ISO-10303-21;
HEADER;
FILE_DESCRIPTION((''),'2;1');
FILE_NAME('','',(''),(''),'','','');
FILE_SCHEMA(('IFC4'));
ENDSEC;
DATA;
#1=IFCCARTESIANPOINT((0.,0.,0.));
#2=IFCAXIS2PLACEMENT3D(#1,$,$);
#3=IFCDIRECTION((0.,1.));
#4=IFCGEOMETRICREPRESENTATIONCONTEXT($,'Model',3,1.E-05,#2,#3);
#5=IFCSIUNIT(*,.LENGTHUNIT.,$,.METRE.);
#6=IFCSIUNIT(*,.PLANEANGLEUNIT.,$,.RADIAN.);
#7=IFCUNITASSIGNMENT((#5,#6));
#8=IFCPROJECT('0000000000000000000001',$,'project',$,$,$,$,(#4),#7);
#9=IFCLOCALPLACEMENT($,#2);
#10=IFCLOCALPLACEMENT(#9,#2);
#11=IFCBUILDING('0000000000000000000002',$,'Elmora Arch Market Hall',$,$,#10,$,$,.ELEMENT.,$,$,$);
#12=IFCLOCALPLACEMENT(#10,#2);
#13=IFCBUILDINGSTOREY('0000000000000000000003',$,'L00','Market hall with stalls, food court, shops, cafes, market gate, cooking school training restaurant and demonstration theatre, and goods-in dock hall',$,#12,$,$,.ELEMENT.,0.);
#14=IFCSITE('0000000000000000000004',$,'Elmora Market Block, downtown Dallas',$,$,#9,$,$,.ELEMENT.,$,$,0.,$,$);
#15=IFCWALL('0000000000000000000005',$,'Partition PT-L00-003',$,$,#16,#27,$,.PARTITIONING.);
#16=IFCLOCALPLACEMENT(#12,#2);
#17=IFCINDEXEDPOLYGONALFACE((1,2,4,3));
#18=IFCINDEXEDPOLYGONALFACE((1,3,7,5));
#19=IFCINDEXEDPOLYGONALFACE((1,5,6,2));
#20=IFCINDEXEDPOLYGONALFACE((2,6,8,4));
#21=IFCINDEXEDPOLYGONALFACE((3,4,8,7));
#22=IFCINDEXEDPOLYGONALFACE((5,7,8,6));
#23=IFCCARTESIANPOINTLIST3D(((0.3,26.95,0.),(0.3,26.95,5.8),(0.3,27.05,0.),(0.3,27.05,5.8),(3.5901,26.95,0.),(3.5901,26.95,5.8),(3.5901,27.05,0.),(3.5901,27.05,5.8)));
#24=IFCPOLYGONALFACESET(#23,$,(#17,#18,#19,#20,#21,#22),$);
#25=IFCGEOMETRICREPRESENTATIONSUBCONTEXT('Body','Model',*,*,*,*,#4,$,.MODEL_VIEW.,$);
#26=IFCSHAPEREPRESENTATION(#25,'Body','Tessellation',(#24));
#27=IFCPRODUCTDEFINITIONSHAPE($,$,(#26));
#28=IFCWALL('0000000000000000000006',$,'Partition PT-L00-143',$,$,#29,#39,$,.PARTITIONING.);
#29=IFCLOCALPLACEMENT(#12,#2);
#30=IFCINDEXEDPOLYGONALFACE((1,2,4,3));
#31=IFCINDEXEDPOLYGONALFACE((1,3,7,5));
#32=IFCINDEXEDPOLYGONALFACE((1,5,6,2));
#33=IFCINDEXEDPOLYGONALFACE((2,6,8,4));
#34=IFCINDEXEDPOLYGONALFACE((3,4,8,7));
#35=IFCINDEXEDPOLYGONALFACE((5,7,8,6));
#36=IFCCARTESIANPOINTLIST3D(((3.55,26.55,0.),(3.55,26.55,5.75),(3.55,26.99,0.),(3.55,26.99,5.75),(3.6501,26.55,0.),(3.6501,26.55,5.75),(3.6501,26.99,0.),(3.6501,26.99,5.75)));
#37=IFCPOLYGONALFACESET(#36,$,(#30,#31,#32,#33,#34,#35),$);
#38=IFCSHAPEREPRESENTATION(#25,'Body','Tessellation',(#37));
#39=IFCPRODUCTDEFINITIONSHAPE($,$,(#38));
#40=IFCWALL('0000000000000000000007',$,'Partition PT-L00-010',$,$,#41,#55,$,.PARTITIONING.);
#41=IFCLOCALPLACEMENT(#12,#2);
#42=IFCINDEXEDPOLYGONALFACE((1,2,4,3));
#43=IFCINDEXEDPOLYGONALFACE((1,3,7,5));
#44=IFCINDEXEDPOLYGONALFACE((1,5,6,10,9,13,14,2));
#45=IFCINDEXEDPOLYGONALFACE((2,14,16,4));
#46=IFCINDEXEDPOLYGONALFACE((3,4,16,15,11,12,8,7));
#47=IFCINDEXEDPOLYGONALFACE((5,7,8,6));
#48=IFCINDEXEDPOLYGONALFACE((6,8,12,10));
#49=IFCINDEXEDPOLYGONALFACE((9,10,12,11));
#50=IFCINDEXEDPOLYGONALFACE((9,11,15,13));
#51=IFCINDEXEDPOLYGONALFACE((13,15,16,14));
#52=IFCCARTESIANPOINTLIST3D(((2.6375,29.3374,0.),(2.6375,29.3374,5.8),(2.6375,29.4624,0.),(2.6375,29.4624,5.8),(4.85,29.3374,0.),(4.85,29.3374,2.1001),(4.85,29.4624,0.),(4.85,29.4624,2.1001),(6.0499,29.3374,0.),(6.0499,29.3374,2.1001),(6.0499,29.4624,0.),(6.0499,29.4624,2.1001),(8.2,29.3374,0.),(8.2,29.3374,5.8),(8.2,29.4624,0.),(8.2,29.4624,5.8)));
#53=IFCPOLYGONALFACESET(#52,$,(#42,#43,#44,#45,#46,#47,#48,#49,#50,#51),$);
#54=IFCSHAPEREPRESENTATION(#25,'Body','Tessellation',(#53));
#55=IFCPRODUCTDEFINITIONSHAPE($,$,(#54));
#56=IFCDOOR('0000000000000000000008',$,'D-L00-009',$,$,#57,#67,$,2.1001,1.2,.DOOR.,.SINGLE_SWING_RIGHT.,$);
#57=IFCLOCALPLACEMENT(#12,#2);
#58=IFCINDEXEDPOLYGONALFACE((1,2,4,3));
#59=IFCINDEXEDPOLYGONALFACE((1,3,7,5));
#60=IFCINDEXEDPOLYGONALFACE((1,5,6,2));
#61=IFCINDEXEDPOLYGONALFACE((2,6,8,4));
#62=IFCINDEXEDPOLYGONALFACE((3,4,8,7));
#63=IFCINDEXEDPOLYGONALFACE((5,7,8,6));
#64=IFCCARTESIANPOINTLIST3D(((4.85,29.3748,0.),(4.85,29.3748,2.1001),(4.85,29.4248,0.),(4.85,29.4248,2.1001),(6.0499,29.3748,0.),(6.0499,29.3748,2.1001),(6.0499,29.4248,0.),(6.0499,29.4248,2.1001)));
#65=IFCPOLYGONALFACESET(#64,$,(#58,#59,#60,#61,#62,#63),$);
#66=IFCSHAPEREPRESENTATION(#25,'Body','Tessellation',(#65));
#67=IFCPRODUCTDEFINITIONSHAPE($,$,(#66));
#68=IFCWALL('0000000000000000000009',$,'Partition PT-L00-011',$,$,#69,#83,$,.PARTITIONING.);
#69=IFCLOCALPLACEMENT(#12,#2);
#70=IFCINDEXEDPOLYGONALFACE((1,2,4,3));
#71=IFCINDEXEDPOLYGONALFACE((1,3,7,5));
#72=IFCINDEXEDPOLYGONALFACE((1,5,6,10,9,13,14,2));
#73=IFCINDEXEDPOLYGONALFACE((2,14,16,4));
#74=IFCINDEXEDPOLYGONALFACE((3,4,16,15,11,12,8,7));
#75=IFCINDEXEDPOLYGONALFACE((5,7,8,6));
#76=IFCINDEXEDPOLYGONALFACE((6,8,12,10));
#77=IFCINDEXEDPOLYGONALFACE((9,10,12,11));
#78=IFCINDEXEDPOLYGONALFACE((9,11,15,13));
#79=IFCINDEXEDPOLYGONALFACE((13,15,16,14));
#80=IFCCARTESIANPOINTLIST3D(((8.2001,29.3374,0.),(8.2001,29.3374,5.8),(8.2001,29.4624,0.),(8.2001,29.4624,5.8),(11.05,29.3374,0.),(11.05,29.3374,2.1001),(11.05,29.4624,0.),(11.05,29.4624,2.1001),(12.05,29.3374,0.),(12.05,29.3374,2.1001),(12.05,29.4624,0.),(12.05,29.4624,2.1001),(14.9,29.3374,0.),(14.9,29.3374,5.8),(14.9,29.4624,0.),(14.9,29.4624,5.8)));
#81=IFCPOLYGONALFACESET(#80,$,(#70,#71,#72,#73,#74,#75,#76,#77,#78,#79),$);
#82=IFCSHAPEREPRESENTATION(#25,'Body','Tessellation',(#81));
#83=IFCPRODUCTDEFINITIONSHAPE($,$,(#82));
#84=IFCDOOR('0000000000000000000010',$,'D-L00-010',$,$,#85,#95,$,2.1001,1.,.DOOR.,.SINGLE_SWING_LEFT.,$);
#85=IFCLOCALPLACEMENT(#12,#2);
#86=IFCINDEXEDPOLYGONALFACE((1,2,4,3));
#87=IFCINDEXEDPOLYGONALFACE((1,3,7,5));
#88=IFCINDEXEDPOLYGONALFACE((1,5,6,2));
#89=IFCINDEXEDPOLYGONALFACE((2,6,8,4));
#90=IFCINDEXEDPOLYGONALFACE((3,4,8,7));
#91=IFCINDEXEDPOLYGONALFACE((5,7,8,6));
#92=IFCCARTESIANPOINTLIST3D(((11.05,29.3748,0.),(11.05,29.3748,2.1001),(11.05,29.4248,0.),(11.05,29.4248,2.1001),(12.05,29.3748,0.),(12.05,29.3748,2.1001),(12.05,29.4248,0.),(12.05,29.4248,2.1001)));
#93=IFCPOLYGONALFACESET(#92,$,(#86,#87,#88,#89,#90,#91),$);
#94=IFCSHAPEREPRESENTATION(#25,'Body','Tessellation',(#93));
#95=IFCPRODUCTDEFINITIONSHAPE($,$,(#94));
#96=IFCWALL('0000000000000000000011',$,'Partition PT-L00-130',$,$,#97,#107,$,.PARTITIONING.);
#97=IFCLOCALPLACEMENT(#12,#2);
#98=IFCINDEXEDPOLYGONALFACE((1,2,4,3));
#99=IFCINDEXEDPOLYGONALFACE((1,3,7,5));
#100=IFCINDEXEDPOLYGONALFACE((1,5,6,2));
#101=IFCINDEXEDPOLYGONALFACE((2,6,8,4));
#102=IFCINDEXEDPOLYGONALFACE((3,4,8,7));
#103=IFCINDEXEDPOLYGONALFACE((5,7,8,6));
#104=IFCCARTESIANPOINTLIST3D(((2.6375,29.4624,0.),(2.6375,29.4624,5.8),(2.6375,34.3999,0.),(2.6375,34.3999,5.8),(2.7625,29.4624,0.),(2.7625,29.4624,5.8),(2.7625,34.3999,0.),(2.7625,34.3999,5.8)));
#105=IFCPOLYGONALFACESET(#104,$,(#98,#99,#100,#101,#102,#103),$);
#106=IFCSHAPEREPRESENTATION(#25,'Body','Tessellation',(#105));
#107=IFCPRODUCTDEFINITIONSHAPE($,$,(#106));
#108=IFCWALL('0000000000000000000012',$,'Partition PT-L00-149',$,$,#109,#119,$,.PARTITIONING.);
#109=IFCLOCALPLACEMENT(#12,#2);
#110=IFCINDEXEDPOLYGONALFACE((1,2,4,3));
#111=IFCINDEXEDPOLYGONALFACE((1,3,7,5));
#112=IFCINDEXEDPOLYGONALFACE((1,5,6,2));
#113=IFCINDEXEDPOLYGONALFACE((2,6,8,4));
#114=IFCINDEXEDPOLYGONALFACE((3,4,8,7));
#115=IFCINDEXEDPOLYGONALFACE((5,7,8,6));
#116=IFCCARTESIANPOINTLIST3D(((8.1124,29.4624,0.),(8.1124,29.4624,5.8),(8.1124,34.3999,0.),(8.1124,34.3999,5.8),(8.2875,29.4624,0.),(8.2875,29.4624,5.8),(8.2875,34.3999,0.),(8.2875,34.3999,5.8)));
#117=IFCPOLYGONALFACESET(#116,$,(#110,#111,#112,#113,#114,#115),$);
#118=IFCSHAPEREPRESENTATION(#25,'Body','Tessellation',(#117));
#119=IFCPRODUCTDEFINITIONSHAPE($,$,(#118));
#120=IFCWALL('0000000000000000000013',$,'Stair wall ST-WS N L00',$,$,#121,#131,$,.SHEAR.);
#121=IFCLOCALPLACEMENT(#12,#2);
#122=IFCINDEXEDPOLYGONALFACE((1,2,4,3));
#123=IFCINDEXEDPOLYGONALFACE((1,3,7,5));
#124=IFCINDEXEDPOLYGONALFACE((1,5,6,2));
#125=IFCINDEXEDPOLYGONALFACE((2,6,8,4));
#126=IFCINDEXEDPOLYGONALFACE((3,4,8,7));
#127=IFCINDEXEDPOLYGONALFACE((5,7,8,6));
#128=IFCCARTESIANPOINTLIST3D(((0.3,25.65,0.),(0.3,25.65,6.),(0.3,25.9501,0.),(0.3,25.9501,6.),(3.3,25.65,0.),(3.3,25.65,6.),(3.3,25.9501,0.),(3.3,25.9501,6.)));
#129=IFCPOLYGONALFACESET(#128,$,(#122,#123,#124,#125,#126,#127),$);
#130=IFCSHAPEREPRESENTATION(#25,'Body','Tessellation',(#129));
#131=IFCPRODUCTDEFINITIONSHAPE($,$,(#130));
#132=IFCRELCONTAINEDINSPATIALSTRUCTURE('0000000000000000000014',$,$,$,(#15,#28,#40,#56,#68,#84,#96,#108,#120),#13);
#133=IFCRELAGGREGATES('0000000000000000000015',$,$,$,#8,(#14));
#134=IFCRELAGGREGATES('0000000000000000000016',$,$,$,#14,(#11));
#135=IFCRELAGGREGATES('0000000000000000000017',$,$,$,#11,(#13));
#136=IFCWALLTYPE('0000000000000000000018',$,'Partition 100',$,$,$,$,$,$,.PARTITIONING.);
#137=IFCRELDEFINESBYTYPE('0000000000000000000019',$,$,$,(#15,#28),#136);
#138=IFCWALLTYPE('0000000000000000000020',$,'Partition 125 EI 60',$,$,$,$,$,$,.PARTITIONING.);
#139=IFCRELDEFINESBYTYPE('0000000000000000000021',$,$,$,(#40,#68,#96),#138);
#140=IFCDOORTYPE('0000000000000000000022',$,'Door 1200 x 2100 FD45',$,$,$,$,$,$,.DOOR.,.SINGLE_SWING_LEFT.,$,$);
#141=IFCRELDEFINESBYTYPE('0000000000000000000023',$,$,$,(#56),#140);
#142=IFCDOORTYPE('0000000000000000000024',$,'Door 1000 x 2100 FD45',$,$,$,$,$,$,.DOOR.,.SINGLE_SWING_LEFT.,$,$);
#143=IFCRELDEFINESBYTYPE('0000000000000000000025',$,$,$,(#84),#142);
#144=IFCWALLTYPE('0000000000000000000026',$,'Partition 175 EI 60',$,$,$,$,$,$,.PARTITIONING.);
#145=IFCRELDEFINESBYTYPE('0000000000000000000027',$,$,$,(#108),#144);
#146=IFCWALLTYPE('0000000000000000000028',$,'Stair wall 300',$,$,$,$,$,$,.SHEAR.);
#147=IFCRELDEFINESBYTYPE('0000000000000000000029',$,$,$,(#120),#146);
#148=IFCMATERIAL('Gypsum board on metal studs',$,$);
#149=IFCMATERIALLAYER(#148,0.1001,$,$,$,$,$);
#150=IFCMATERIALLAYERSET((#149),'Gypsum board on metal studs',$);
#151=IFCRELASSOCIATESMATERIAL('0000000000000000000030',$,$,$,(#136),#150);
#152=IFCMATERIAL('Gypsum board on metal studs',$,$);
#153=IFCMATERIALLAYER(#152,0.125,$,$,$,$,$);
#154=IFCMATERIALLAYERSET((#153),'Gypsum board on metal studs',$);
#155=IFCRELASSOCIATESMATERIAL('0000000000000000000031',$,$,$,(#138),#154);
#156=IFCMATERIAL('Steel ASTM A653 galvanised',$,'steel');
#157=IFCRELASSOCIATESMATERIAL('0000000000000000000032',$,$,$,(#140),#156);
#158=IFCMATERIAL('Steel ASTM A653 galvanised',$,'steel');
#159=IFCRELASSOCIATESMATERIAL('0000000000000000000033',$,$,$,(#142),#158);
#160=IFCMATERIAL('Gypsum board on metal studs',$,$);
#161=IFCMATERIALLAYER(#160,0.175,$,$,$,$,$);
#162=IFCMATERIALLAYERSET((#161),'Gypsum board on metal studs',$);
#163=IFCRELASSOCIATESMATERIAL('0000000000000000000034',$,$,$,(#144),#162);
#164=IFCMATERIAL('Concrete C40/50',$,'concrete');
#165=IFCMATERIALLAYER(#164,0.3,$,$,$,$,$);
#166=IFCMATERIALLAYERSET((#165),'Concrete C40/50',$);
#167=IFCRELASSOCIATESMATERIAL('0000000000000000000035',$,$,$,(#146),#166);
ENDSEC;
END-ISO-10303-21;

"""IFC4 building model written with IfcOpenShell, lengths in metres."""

from ifc_helpers import new_model, si_unit, direction, frame, frame_2d, origin, place, context, subcontext, project, spatial, rectangle, extrude, material, layer, layer_set, type_object, element, fill, save


model = new_model("IFC4")

# Units and contexts
model_context = context("Model", 3, precision=1e-05, world=origin(), true_north=direction((0.0, 1.0)))
body_context = subcontext(model_context, "Body", "Model", "MODEL_VIEW")
ifc_project = project(units=[si_unit("LENGTHUNIT", "METRE"), si_unit("PLANEANGLEUNIT", "RADIAN")], contexts=[model_context])

# Site, building, storey
site_placement = place(None, origin())
site = spatial("IfcSite", under=ifc_project, at=site_placement, Name="Elmora Market Block, downtown Dallas", CompositionType="ELEMENT", RefElevation=0.0)
building_placement = place(site_placement, origin())
building = spatial("IfcBuilding", under=site, at=building_placement, Name="Elmora Arch Market Hall", CompositionType="ELEMENT")
storey_placement = place(building_placement, origin())
storey = spatial("IfcBuildingStorey", under=building, at=storey_placement, Name="L00", Description="Market hall with stalls, food court, shops, cafes, market gate, cooking school training restaurant and demonstration theatre, and goods-in dock hall", CompositionType="ELEMENT", Elevation=0.0)

# Walls
ifc_material_1 = material(Name="Gypsum board on metal studs")
ifc_layer_1 = layer(ifc_material_1, 0.1001)
ifc_layer_set_1 = layer_set([ifc_layer_1], Name="Gypsum board on metal studs")
wall_type_1 = type_object("IfcWallType", Name="Partition 100", PredefinedType="PARTITIONING", material=ifc_layer_set_1)
wall_1_placement = place(storey_placement, frame((0.3, 27.0, 0.0), z_axis=(0.0, 0.0, 1.0), x_axis=(1.0, 0.0, 0.0)))
element("IfcWall", 1, at=wall_1_placement, inside=storey, type_object=wall_type_1, Name="Partition PT-L00-003", PredefinedType="PARTITIONING", context=body_context, shape_type="SweptSolid", body=[
    extrude(rectangle(XDim=3.29, YDim=0.1001, at=frame_2d((1.645, 0.0))), origin(), (0.0, 0.0, 1.0), 5.8),
])
wall_2_placement = place(storey_placement, frame((3.6001, 26.55, 0.0), z_axis=(0.0, 0.0, 1.0), x_axis=(0.0, 1.0, 0.0)))
element("IfcWall", 2, at=wall_2_placement, inside=storey, type_object=wall_type_1, Name="Partition PT-L00-143", PredefinedType="PARTITIONING", context=body_context, shape_type="SweptSolid", body=[
    extrude(rectangle(XDim=0.4399, YDim=0.1001, at=frame_2d((0.22, 0.0))), origin(), (0.0, 0.0, 1.0), 5.75),
])

# Walls, openings, doors
ifc_material_2 = material(Name="Gypsum board on metal studs")
ifc_layer_2 = layer(ifc_material_2, 0.125)
ifc_layer_set_2 = layer_set([ifc_layer_2], Name="Gypsum board on metal studs")
wall_type_2 = type_object("IfcWallType", Name="Partition 125 EI 60", PredefinedType="PARTITIONING", material=ifc_layer_set_2)
wall_3_placement = place(storey_placement, frame((2.6375, 29.3999, 0.0), z_axis=(0.0, 0.0, 1.0), x_axis=(1.0, 0.0, 0.0)))
wall_3 = element("IfcWall", 3, at=wall_3_placement, inside=storey, type_object=wall_type_2, Name="Partition PT-L00-010", PredefinedType="PARTITIONING", context=body_context, shape_type="SweptSolid", body=[
    extrude(rectangle(XDim=5.5625, YDim=0.125, at=frame_2d((2.7812, 0.0))), origin(), (0.0, 0.0, 1.0), 5.8),
])
opening_1_placement = place(wall_3_placement, frame((2.2124, 0.0, 0.0)))
opening_1 = element("IfcOpeningElement", 4, at=opening_1_placement, cuts=wall_3, PredefinedType="OPENING", context=body_context, shape_type="SweptSolid", body=[
    extrude(rectangle(XDim=1.2, YDim=2.1001, at=frame_2d((0.6001, 1.05))), frame((0.0, 0.0725, 0.0), z_axis=(0.0, -1.0, 0.0), x_axis=(1.0, 0.0, 0.0)), (0.0, 0.0, 1.0), 0.145),
])
ifc_material_3 = material(Name="Steel ASTM A653 galvanised", Category="steel")
door_type_1 = type_object("IfcDoorType", Name="Door 1200 x 2100 FD45", OperationType="SINGLE_SWING_LEFT", PredefinedType="DOOR", material=ifc_material_3)
door_1_placement = place(opening_1_placement, origin())
door_1 = element("IfcDoor", 5, at=door_1_placement, inside=storey, type_object=door_type_1, Name="D-L00-009", OperationType="SINGLE_SWING_RIGHT", OverallHeight=2.1001, OverallWidth=1.2, PredefinedType="DOOR", context=body_context, shape_type="SweptSolid", body=[
    extrude(rectangle(XDim=1.2, YDim=2.1001, at=frame_2d((0.6001, 1.05))), frame((0.0, 0.0249, 0.0), z_axis=(0.0, -1.0, 0.0), x_axis=(1.0, 0.0, 0.0)), (0.0, 0.0, 1.0), 0.05),
])
fill(opening_1, door_1)
wall_4_placement = place(storey_placement, frame((8.2, 29.3999, 0.0), z_axis=(0.0, 0.0, 1.0), x_axis=(1.0, 0.0, 0.0)))
wall_4 = element("IfcWall", 6, at=wall_4_placement, inside=storey, type_object=wall_type_2, Name="Partition PT-L00-011", PredefinedType="PARTITIONING", context=body_context, shape_type="SweptSolid", body=[
    extrude(rectangle(XDim=6.7, YDim=0.125, at=frame_2d((3.3501, 0.0))), origin(), (0.0, 0.0, 1.0), 5.8),
])
opening_2_placement = place(wall_4_placement, frame((2.8501, 0.0, 0.0)))
opening_2 = element("IfcOpeningElement", 7, at=opening_2_placement, cuts=wall_4, PredefinedType="OPENING", context=body_context, shape_type="SweptSolid", body=[
    extrude(rectangle(XDim=1.0, YDim=2.1001, at=frame_2d((0.5, 1.05))), frame((0.0, 0.0725, 0.0), z_axis=(0.0, -1.0, 0.0), x_axis=(1.0, 0.0, 0.0)), (0.0, 0.0, 1.0), 0.145),
])
ifc_material_4 = material(Name="Steel ASTM A653 galvanised", Category="steel")
door_type_2 = type_object("IfcDoorType", Name="Door 1000 x 2100 FD45", OperationType="SINGLE_SWING_LEFT", PredefinedType="DOOR", material=ifc_material_4)
door_2_placement = place(opening_2_placement, origin())
door_2 = element("IfcDoor", 8, at=door_2_placement, inside=storey, type_object=door_type_2, Name="D-L00-010", OperationType="SINGLE_SWING_LEFT", OverallHeight=2.1001, OverallWidth=1.0, PredefinedType="DOOR", context=body_context, shape_type="SweptSolid", body=[
    extrude(rectangle(XDim=1.0, YDim=2.1001, at=frame_2d((0.5, 1.05))), frame((0.0, 0.0249, 0.0), z_axis=(0.0, -1.0, 0.0), x_axis=(1.0, 0.0, 0.0)), (0.0, 0.0, 1.0), 0.05),
])
fill(opening_2, door_2)

# Walls
wall_5_placement = place(storey_placement, frame((2.7, 29.4624, 0.0), z_axis=(0.0, 0.0, 1.0), x_axis=(0.0, 1.0, 0.0)))
element("IfcWall", 9, at=wall_5_placement, inside=storey, type_object=wall_type_2, Name="Partition PT-L00-130", PredefinedType="PARTITIONING", context=body_context, shape_type="SweptSolid", body=[
    extrude(rectangle(XDim=4.9375, YDim=0.125, at=frame_2d((2.4688, 0.0))), origin(), (0.0, 0.0, 1.0), 5.8),
])
ifc_material_5 = material(Name="Gypsum board on metal studs")
ifc_layer_3 = layer(ifc_material_5, 0.175)
ifc_layer_set_3 = layer_set([ifc_layer_3], Name="Gypsum board on metal studs")
wall_type_3 = type_object("IfcWallType", Name="Partition 175 EI 60", PredefinedType="PARTITIONING", material=ifc_layer_set_3)
wall_6_placement = place(storey_placement, frame((8.2, 29.4624, 0.0), z_axis=(0.0, 0.0, 1.0), x_axis=(0.0, 1.0, 0.0)))
element("IfcWall", 10, at=wall_6_placement, inside=storey, type_object=wall_type_3, Name="Partition PT-L00-149", PredefinedType="PARTITIONING", context=body_context, shape_type="SweptSolid", body=[
    extrude(rectangle(XDim=4.9375, YDim=0.175, at=frame_2d((2.4688, 0.0))), origin(), (0.0, 0.0, 1.0), 5.8),
])
ifc_material_6 = material(Name="Concrete C40/50", Category="concrete")
ifc_layer_4 = layer(ifc_material_6, 0.3)
ifc_layer_set_4 = layer_set([ifc_layer_4], Name="Concrete C40/50")
wall_type_4 = type_object("IfcWallType", Name="Stair wall 300", PredefinedType="SHEAR", material=ifc_layer_set_4)
wall_7_placement = place(storey_placement, frame((0.3, 25.8, 0.0), z_axis=(0.0, 0.0, 1.0), x_axis=(1.0, 0.0, 0.0)))
element("IfcWall", 11, at=wall_7_placement, inside=storey, type_object=wall_type_4, Name="Stair wall ST-WS N L00", PredefinedType="SHEAR", context=body_context, shape_type="SweptSolid", body=[
    extrude(rectangle(XDim=3.0, YDim=0.3, at=frame_2d((1.5, 0.0))), origin(), (0.0, 0.0, 1.0), 6.0),
])

save(model, "model.ifc")
